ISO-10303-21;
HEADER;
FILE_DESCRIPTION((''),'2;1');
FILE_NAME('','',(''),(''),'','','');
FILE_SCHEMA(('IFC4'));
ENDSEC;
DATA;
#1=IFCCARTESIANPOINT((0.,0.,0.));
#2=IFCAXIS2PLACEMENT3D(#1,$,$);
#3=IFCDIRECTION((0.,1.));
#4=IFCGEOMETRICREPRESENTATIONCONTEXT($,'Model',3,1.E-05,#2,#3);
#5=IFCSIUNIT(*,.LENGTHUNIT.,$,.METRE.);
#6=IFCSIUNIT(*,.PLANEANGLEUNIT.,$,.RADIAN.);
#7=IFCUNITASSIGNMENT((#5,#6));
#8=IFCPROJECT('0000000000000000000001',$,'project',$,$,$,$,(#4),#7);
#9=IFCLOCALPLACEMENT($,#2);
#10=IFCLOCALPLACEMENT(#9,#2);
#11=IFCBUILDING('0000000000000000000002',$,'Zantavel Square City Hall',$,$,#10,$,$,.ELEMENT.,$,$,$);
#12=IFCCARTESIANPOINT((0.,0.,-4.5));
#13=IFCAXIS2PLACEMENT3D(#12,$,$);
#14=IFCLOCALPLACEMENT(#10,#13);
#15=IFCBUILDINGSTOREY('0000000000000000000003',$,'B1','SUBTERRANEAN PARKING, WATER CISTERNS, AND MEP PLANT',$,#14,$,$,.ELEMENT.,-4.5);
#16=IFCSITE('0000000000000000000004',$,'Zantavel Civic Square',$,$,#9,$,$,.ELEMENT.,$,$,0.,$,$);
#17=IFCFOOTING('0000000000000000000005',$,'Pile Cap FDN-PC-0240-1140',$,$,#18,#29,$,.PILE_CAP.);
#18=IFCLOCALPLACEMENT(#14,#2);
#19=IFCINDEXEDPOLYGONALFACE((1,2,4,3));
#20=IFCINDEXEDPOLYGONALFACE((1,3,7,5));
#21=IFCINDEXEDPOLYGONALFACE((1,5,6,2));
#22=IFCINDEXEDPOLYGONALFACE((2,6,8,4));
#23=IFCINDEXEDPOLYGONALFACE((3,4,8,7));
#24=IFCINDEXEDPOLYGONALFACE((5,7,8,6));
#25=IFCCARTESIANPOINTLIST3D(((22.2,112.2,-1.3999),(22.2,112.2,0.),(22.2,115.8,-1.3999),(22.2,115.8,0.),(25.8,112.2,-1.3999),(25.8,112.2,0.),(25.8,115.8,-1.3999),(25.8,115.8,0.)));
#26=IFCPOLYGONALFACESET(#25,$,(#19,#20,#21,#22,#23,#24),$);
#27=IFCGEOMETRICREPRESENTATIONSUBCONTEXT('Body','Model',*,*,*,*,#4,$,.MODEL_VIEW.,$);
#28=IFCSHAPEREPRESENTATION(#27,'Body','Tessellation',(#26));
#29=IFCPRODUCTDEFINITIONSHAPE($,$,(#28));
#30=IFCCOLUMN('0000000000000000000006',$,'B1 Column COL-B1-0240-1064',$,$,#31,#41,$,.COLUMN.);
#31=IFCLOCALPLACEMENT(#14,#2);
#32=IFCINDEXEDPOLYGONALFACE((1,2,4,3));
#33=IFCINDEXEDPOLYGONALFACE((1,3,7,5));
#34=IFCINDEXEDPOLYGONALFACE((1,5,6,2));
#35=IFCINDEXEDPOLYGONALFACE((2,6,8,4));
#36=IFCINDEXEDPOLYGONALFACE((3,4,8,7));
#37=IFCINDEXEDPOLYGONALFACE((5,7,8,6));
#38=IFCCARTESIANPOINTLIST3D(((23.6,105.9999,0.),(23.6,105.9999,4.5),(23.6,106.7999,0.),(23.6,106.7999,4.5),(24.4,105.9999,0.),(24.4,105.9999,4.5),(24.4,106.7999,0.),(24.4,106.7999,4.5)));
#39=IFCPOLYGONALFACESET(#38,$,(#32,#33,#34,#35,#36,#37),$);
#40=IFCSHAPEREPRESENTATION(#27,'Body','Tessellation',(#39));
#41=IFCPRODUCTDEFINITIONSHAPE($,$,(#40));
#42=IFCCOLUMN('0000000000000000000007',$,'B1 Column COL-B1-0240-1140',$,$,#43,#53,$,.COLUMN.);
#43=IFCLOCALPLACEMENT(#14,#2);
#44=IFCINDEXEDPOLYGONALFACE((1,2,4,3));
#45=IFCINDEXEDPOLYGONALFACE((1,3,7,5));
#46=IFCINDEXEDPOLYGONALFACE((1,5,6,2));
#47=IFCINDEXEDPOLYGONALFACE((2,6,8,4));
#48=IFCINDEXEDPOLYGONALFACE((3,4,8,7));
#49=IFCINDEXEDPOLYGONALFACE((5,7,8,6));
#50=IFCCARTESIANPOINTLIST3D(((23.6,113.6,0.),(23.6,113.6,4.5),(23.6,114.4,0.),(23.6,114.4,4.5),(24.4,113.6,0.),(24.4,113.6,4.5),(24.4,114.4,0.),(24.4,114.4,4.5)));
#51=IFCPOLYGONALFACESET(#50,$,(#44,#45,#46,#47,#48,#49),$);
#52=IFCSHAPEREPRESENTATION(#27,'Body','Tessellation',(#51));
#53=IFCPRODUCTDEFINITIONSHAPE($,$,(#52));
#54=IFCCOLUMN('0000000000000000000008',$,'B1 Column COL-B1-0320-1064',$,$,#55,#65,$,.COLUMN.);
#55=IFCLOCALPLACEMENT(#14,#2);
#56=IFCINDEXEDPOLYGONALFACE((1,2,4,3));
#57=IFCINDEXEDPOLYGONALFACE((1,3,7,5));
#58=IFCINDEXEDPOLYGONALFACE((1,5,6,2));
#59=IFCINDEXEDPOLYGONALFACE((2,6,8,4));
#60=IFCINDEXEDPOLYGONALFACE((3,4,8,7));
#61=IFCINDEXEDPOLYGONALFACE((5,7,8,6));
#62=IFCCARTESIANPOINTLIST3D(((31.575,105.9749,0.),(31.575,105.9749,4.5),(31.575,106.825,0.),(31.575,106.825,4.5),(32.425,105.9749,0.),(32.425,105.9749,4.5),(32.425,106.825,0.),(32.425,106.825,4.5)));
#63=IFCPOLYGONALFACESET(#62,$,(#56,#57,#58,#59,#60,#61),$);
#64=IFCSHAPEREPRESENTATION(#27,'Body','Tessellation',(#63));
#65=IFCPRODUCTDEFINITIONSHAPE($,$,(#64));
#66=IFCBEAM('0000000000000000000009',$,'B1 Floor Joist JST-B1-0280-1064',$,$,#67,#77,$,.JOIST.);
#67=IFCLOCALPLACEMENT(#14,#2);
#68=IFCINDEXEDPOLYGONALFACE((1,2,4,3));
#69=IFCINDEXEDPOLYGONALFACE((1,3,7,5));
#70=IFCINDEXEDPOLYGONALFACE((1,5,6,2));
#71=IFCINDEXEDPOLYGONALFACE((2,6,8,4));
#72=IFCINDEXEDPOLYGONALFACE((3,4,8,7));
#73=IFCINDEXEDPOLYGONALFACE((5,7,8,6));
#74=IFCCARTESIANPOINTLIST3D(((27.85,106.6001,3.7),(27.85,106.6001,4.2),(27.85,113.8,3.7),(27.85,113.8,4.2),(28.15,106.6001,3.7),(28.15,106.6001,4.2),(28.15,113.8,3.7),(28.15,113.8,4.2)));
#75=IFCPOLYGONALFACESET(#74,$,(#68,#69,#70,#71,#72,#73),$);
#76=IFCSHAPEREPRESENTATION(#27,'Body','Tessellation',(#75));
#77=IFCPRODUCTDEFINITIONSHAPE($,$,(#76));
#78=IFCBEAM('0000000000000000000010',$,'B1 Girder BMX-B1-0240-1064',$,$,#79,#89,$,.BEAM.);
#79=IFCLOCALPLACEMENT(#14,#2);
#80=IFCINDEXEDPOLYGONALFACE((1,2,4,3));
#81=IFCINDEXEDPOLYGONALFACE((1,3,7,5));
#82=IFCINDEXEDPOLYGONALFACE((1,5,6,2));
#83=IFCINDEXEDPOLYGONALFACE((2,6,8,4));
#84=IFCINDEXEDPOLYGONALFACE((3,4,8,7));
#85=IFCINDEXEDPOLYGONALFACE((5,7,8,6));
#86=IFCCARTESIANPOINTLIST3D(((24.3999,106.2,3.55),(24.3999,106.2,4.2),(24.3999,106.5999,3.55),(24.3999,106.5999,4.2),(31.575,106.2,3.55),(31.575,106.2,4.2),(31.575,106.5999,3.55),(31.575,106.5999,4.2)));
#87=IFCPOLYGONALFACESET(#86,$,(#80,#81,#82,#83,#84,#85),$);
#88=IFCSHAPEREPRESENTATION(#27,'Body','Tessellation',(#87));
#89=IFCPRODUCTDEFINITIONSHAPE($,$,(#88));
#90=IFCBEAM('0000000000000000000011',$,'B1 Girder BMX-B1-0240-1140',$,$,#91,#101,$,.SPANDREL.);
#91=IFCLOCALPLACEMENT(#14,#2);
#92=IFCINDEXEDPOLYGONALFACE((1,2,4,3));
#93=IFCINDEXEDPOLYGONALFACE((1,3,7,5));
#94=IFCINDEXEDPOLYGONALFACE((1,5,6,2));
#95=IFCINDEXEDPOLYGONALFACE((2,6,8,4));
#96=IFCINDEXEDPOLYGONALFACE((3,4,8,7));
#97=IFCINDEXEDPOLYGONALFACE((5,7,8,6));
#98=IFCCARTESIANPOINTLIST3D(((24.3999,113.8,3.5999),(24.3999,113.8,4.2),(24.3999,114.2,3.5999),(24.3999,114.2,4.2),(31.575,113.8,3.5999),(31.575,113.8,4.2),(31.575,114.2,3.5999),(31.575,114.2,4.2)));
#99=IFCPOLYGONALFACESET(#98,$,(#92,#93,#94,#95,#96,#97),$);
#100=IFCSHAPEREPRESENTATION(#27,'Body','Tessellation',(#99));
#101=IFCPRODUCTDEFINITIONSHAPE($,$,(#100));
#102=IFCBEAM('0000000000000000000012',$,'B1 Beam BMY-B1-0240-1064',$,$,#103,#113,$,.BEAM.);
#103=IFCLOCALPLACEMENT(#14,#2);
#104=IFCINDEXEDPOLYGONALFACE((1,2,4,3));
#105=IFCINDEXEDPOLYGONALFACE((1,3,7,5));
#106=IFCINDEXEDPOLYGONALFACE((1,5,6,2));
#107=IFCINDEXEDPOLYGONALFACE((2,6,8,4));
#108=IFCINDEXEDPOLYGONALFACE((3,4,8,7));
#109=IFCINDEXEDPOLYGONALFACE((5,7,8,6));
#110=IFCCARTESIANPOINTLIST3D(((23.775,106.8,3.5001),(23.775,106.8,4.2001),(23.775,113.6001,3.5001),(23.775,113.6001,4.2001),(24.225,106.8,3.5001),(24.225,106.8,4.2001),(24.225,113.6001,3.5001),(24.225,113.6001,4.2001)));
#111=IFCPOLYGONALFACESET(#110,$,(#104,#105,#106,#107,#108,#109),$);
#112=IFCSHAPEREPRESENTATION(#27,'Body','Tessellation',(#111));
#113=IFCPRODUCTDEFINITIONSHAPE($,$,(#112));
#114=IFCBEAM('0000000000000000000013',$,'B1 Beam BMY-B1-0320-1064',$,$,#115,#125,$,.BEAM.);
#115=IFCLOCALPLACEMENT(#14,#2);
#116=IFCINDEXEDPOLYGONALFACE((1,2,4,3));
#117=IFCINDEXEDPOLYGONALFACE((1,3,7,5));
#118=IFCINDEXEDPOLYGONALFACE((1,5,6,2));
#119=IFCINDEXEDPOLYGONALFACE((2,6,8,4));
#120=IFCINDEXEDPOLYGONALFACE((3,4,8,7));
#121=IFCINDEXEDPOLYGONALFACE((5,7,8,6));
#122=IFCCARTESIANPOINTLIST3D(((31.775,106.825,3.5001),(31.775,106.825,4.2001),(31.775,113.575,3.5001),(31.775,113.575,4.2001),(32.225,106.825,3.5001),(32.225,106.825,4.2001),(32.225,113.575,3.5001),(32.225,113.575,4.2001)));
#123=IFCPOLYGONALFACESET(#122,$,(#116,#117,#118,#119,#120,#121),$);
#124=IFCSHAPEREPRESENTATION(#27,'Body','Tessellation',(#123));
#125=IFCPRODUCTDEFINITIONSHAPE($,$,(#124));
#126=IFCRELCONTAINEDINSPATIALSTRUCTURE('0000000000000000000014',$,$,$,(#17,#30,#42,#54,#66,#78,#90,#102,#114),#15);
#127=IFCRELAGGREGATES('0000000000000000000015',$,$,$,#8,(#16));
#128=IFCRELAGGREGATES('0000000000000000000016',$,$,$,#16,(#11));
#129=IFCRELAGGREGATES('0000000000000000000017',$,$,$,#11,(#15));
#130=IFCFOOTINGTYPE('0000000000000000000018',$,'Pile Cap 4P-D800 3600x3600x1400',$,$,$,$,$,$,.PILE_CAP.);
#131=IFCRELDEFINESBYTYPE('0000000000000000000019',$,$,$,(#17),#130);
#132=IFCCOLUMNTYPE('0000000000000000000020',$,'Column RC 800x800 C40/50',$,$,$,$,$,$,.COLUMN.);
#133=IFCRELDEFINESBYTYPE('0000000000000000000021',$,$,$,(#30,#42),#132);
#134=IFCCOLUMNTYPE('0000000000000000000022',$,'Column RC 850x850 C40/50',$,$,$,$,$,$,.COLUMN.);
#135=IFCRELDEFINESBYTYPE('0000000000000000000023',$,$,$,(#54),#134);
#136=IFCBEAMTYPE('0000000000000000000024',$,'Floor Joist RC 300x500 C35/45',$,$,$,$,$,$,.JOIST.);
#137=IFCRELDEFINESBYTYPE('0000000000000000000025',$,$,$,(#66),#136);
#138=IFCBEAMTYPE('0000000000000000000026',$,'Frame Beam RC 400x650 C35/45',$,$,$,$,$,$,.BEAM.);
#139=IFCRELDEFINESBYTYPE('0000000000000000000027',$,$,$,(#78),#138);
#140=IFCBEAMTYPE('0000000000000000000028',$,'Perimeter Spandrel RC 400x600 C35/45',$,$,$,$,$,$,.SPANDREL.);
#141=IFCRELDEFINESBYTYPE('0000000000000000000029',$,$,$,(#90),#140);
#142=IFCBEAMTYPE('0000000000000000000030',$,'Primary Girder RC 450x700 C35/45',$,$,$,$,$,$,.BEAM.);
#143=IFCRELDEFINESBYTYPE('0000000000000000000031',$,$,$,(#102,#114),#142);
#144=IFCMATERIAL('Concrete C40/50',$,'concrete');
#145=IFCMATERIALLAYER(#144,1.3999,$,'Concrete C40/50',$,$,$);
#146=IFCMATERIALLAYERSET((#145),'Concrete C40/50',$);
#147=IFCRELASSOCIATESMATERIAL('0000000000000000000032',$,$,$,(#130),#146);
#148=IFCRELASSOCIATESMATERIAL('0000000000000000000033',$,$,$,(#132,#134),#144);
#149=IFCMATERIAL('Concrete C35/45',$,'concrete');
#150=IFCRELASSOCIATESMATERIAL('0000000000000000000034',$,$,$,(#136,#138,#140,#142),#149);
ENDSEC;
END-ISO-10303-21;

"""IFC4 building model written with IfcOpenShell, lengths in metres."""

from ifc_helpers import new_model, si_unit, direction, frame, origin, origin_2d, place, context, subcontext, project, spatial, rectangle, extrude, material, layer, layer_set, material_profile, profile_set, type_object, element, save


model = new_model("IFC4")

# Units and contexts
model_context = context("Model", 3, precision=1e-05, world=origin(), true_north=direction((0.0, 1.0)))
body_context = subcontext(model_context, "Body", "Model", "MODEL_VIEW")
ifc_project = project(units=[si_unit("LENGTHUNIT", "METRE"), si_unit("PLANEANGLEUNIT", "RADIAN")], contexts=[model_context])

# Site, building, storey
site_placement = place(None, origin())
site = spatial("IfcSite", under=ifc_project, at=site_placement, Name="Zantavel Civic Square", CompositionType="ELEMENT", RefElevation=0.0)
building_placement = place(site_placement, origin())
building = spatial("IfcBuilding", under=site, at=building_placement, Name="Zantavel Square City Hall", CompositionType="ELEMENT")
storey_placement = place(building_placement, frame((0.0, 0.0, -4.5)))
storey = spatial("IfcBuildingStorey", under=building, at=storey_placement, Name="B1", Description="SUBTERRANEAN PARKING, WATER CISTERNS, AND MEP PLANT", CompositionType="ELEMENT", Elevation=-4.5)

# Shared definitions
ifc_material_1 = material(Name="Concrete C35/45", Category="concrete")

# Footing
ifc_material_2 = material(Name="Concrete C40/50", Category="concrete")
ifc_layer_1 = layer(ifc_material_2, 1.3999, Name="Concrete C40/50")
ifc_layer_set_1 = layer_set([ifc_layer_1], Name="Concrete C40/50")
footing_type_1 = type_object("IfcFootingType", Name="Pile Cap 4P-D800 3600x3600x1400", PredefinedType="PILE_CAP", material=ifc_layer_set_1)
footing_1_placement = place(storey_placement, frame((24.0, 114.0, -1.3999), z_axis=(0.0, 0.0, 1.0), x_axis=(1.0, 0.0, 0.0)))
element("IfcFooting", 1, at=footing_1_placement, inside=storey, type_object=footing_type_1, Name="Pile Cap FDN-PC-0240-1140", PredefinedType="PILE_CAP", context=body_context, shape_type="SweptSolid", body=[
    extrude(rectangle(XDim=3.6001, YDim=3.6001, at=origin_2d()), origin(), (0.0, 0.0, 1.0), 1.3999),
])

# Columns
ifc_material_profile_1 = material_profile(ifc_material_2, rectangle(XDim=0.8, YDim=0.8, at=origin_2d()), Name="RC 800x800")
ifc_profile_set_1 = profile_set([ifc_material_profile_1], Name="Concrete C40/50")
column_type_1 = type_object("IfcColumnType", Name="Column RC 800x800 C40/50", PredefinedType="COLUMN", material=ifc_profile_set_1)
for number, where, z_axis, x_axis, name in (
    (2, (24.0, 106.3999, 0.0), (0.0, 0.0, 1.0), (1.0, 0.0, 0.0), "B1 Column COL-B1-0240-1064"),
    (3, (24.0, 114.0, 0.0), (0.0, 0.0, 1.0), (1.0, 0.0, 0.0), "B1 Column COL-B1-0240-1140"),
):
    element("IfcColumn", number, at=place(storey_placement, frame(where, z_axis=z_axis, x_axis=x_axis)), inside=storey, type_object=column_type_1, Name=name, PredefinedType="COLUMN", context=body_context, shape_type="SweptSolid", body=[
        extrude(rectangle(XDim=0.8, YDim=0.8, at=origin_2d()), origin(), (0.0, 0.0, 1.0), 4.5),
    ])
ifc_material_profile_2 = material_profile(ifc_material_2, rectangle(XDim=0.8501, YDim=0.8501, at=origin_2d()), Name="RC 850x850")
ifc_profile_set_2 = profile_set([ifc_material_profile_2], Name="Concrete C40/50")
column_type_2 = type_object("IfcColumnType", Name="Column RC 850x850 C40/50", PredefinedType="COLUMN", material=ifc_profile_set_2)
column_placement = place(storey_placement, frame((32.0, 106.3999, 0.0), z_axis=(0.0, 0.0, 1.0), x_axis=(1.0, 0.0, 0.0)))
element("IfcColumn", 4, at=column_placement, inside=storey, type_object=column_type_2, Name="B1 Column COL-B1-0320-1064", PredefinedType="COLUMN", context=body_context, shape_type="SweptSolid", body=[
    extrude(rectangle(XDim=0.8501, YDim=0.8501, at=origin_2d()), origin(), (0.0, 0.0, 1.0), 4.5),
])

# Beams
ifc_material_profile_3 = material_profile(ifc_material_1, rectangle(XDim=0.3, YDim=0.5, at=origin_2d()), Name="RC 300x500")
ifc_profile_set_3 = profile_set([ifc_material_profile_3], Name="Concrete C35/45")
beam_type_1 = type_object("IfcBeamType", Name="Floor Joist RC 300x500 C35/45", PredefinedType="JOIST", material=ifc_profile_set_3)
beam_1_placement = place(storey_placement, frame((28.0, 106.6001, 3.95), z_axis=(0.0, 1.0, 0.0), x_axis=(-1.0, 0.0, 0.0)))
element("IfcBeam", 5, at=beam_1_placement, inside=storey, type_object=beam_type_1, Name="B1 Floor Joist JST-B1-0280-1064", PredefinedType="JOIST", context=body_context, shape_type="SweptSolid", body=[
    extrude(rectangle(XDim=0.3, YDim=0.5, at=origin_2d()), origin(), (0.0, 0.0, 1.0), 7.2),
])
ifc_material_profile_4 = material_profile(ifc_material_1, rectangle(XDim=0.3999, YDim=0.6499, at=origin_2d()), Name="RC 400x650")
ifc_profile_set_4 = profile_set([ifc_material_profile_4], Name="Concrete C35/45")
beam_type_2 = type_object("IfcBeamType", Name="Frame Beam RC 400x650 C35/45", PredefinedType="BEAM", material=ifc_profile_set_4)
beam_2_placement = place(storey_placement, frame((24.3999, 106.3999, 3.875), z_axis=(1.0, 0.0, 0.0), x_axis=(0.0, 1.0, 0.0)))
element("IfcBeam", 6, at=beam_2_placement, inside=storey, type_object=beam_type_2, Name="B1 Girder BMX-B1-0240-1064", PredefinedType="BEAM", context=body_context, shape_type="SweptSolid", body=[
    extrude(rectangle(XDim=0.3999, YDim=0.6499, at=origin_2d()), origin(), (0.0, 0.0, 1.0), 7.175),
])
ifc_material_profile_5 = material_profile(ifc_material_1, rectangle(XDim=0.3999, YDim=0.6001, at=origin_2d()), Name="RC 400x600")
ifc_profile_set_5 = profile_set([ifc_material_profile_5], Name="Concrete C35/45")
beam_type_3 = type_object("IfcBeamType", Name="Perimeter Spandrel RC 400x600 C35/45", PredefinedType="SPANDREL", material=ifc_profile_set_5)
beam_3_placement = place(storey_placement, frame((24.3999, 114.0, 3.8999), z_axis=(1.0, 0.0, 0.0), x_axis=(0.0, 1.0, 0.0)))
element("IfcBeam", 7, at=beam_3_placement, inside=storey, type_object=beam_type_3, Name="B1 Girder BMX-B1-0240-1140", PredefinedType="SPANDREL", context=body_context, shape_type="SweptSolid", body=[
    extrude(rectangle(XDim=0.3999, YDim=0.6001, at=origin_2d()), origin(), (0.0, 0.0, 1.0), 7.175),
])
ifc_material_profile_6 = material_profile(ifc_material_1, rectangle(XDim=0.45, YDim=0.7, at=origin_2d()), Name="RC 450x700")
ifc_profile_set_6 = profile_set([ifc_material_profile_6], Name="Concrete C35/45")
beam_type_4 = type_object("IfcBeamType", Name="Primary Girder RC 450x700 C35/45", PredefinedType="BEAM", material=ifc_profile_set_6)
beam_4_placement = place(storey_placement, frame((24.0, 106.8, 3.8501), z_axis=(0.0, 1.0, 0.0), x_axis=(-1.0, 0.0, 0.0)))
element("IfcBeam", 8, at=beam_4_placement, inside=storey, type_object=beam_type_4, Name="B1 Beam BMY-B1-0240-1064", PredefinedType="BEAM", context=body_context, shape_type="SweptSolid", body=[
    extrude(rectangle(XDim=0.45, YDim=0.7, at=origin_2d()), origin(), (0.0, 0.0, 1.0), 6.8),
])
beam_5_placement = place(storey_placement, frame((32.0, 106.825, 3.8501), z_axis=(0.0, 1.0, 0.0), x_axis=(-1.0, 0.0, 0.0)))
element("IfcBeam", 9, at=beam_5_placement, inside=storey, type_object=beam_type_4, Name="B1 Beam BMY-B1-0320-1064", PredefinedType="BEAM", context=body_context, shape_type="SweptSolid", body=[
    extrude(rectangle(XDim=0.45, YDim=0.7, at=origin_2d()), origin(), (0.0, 0.0, 1.0), 6.75),
])

save(model, "model.ifc")
